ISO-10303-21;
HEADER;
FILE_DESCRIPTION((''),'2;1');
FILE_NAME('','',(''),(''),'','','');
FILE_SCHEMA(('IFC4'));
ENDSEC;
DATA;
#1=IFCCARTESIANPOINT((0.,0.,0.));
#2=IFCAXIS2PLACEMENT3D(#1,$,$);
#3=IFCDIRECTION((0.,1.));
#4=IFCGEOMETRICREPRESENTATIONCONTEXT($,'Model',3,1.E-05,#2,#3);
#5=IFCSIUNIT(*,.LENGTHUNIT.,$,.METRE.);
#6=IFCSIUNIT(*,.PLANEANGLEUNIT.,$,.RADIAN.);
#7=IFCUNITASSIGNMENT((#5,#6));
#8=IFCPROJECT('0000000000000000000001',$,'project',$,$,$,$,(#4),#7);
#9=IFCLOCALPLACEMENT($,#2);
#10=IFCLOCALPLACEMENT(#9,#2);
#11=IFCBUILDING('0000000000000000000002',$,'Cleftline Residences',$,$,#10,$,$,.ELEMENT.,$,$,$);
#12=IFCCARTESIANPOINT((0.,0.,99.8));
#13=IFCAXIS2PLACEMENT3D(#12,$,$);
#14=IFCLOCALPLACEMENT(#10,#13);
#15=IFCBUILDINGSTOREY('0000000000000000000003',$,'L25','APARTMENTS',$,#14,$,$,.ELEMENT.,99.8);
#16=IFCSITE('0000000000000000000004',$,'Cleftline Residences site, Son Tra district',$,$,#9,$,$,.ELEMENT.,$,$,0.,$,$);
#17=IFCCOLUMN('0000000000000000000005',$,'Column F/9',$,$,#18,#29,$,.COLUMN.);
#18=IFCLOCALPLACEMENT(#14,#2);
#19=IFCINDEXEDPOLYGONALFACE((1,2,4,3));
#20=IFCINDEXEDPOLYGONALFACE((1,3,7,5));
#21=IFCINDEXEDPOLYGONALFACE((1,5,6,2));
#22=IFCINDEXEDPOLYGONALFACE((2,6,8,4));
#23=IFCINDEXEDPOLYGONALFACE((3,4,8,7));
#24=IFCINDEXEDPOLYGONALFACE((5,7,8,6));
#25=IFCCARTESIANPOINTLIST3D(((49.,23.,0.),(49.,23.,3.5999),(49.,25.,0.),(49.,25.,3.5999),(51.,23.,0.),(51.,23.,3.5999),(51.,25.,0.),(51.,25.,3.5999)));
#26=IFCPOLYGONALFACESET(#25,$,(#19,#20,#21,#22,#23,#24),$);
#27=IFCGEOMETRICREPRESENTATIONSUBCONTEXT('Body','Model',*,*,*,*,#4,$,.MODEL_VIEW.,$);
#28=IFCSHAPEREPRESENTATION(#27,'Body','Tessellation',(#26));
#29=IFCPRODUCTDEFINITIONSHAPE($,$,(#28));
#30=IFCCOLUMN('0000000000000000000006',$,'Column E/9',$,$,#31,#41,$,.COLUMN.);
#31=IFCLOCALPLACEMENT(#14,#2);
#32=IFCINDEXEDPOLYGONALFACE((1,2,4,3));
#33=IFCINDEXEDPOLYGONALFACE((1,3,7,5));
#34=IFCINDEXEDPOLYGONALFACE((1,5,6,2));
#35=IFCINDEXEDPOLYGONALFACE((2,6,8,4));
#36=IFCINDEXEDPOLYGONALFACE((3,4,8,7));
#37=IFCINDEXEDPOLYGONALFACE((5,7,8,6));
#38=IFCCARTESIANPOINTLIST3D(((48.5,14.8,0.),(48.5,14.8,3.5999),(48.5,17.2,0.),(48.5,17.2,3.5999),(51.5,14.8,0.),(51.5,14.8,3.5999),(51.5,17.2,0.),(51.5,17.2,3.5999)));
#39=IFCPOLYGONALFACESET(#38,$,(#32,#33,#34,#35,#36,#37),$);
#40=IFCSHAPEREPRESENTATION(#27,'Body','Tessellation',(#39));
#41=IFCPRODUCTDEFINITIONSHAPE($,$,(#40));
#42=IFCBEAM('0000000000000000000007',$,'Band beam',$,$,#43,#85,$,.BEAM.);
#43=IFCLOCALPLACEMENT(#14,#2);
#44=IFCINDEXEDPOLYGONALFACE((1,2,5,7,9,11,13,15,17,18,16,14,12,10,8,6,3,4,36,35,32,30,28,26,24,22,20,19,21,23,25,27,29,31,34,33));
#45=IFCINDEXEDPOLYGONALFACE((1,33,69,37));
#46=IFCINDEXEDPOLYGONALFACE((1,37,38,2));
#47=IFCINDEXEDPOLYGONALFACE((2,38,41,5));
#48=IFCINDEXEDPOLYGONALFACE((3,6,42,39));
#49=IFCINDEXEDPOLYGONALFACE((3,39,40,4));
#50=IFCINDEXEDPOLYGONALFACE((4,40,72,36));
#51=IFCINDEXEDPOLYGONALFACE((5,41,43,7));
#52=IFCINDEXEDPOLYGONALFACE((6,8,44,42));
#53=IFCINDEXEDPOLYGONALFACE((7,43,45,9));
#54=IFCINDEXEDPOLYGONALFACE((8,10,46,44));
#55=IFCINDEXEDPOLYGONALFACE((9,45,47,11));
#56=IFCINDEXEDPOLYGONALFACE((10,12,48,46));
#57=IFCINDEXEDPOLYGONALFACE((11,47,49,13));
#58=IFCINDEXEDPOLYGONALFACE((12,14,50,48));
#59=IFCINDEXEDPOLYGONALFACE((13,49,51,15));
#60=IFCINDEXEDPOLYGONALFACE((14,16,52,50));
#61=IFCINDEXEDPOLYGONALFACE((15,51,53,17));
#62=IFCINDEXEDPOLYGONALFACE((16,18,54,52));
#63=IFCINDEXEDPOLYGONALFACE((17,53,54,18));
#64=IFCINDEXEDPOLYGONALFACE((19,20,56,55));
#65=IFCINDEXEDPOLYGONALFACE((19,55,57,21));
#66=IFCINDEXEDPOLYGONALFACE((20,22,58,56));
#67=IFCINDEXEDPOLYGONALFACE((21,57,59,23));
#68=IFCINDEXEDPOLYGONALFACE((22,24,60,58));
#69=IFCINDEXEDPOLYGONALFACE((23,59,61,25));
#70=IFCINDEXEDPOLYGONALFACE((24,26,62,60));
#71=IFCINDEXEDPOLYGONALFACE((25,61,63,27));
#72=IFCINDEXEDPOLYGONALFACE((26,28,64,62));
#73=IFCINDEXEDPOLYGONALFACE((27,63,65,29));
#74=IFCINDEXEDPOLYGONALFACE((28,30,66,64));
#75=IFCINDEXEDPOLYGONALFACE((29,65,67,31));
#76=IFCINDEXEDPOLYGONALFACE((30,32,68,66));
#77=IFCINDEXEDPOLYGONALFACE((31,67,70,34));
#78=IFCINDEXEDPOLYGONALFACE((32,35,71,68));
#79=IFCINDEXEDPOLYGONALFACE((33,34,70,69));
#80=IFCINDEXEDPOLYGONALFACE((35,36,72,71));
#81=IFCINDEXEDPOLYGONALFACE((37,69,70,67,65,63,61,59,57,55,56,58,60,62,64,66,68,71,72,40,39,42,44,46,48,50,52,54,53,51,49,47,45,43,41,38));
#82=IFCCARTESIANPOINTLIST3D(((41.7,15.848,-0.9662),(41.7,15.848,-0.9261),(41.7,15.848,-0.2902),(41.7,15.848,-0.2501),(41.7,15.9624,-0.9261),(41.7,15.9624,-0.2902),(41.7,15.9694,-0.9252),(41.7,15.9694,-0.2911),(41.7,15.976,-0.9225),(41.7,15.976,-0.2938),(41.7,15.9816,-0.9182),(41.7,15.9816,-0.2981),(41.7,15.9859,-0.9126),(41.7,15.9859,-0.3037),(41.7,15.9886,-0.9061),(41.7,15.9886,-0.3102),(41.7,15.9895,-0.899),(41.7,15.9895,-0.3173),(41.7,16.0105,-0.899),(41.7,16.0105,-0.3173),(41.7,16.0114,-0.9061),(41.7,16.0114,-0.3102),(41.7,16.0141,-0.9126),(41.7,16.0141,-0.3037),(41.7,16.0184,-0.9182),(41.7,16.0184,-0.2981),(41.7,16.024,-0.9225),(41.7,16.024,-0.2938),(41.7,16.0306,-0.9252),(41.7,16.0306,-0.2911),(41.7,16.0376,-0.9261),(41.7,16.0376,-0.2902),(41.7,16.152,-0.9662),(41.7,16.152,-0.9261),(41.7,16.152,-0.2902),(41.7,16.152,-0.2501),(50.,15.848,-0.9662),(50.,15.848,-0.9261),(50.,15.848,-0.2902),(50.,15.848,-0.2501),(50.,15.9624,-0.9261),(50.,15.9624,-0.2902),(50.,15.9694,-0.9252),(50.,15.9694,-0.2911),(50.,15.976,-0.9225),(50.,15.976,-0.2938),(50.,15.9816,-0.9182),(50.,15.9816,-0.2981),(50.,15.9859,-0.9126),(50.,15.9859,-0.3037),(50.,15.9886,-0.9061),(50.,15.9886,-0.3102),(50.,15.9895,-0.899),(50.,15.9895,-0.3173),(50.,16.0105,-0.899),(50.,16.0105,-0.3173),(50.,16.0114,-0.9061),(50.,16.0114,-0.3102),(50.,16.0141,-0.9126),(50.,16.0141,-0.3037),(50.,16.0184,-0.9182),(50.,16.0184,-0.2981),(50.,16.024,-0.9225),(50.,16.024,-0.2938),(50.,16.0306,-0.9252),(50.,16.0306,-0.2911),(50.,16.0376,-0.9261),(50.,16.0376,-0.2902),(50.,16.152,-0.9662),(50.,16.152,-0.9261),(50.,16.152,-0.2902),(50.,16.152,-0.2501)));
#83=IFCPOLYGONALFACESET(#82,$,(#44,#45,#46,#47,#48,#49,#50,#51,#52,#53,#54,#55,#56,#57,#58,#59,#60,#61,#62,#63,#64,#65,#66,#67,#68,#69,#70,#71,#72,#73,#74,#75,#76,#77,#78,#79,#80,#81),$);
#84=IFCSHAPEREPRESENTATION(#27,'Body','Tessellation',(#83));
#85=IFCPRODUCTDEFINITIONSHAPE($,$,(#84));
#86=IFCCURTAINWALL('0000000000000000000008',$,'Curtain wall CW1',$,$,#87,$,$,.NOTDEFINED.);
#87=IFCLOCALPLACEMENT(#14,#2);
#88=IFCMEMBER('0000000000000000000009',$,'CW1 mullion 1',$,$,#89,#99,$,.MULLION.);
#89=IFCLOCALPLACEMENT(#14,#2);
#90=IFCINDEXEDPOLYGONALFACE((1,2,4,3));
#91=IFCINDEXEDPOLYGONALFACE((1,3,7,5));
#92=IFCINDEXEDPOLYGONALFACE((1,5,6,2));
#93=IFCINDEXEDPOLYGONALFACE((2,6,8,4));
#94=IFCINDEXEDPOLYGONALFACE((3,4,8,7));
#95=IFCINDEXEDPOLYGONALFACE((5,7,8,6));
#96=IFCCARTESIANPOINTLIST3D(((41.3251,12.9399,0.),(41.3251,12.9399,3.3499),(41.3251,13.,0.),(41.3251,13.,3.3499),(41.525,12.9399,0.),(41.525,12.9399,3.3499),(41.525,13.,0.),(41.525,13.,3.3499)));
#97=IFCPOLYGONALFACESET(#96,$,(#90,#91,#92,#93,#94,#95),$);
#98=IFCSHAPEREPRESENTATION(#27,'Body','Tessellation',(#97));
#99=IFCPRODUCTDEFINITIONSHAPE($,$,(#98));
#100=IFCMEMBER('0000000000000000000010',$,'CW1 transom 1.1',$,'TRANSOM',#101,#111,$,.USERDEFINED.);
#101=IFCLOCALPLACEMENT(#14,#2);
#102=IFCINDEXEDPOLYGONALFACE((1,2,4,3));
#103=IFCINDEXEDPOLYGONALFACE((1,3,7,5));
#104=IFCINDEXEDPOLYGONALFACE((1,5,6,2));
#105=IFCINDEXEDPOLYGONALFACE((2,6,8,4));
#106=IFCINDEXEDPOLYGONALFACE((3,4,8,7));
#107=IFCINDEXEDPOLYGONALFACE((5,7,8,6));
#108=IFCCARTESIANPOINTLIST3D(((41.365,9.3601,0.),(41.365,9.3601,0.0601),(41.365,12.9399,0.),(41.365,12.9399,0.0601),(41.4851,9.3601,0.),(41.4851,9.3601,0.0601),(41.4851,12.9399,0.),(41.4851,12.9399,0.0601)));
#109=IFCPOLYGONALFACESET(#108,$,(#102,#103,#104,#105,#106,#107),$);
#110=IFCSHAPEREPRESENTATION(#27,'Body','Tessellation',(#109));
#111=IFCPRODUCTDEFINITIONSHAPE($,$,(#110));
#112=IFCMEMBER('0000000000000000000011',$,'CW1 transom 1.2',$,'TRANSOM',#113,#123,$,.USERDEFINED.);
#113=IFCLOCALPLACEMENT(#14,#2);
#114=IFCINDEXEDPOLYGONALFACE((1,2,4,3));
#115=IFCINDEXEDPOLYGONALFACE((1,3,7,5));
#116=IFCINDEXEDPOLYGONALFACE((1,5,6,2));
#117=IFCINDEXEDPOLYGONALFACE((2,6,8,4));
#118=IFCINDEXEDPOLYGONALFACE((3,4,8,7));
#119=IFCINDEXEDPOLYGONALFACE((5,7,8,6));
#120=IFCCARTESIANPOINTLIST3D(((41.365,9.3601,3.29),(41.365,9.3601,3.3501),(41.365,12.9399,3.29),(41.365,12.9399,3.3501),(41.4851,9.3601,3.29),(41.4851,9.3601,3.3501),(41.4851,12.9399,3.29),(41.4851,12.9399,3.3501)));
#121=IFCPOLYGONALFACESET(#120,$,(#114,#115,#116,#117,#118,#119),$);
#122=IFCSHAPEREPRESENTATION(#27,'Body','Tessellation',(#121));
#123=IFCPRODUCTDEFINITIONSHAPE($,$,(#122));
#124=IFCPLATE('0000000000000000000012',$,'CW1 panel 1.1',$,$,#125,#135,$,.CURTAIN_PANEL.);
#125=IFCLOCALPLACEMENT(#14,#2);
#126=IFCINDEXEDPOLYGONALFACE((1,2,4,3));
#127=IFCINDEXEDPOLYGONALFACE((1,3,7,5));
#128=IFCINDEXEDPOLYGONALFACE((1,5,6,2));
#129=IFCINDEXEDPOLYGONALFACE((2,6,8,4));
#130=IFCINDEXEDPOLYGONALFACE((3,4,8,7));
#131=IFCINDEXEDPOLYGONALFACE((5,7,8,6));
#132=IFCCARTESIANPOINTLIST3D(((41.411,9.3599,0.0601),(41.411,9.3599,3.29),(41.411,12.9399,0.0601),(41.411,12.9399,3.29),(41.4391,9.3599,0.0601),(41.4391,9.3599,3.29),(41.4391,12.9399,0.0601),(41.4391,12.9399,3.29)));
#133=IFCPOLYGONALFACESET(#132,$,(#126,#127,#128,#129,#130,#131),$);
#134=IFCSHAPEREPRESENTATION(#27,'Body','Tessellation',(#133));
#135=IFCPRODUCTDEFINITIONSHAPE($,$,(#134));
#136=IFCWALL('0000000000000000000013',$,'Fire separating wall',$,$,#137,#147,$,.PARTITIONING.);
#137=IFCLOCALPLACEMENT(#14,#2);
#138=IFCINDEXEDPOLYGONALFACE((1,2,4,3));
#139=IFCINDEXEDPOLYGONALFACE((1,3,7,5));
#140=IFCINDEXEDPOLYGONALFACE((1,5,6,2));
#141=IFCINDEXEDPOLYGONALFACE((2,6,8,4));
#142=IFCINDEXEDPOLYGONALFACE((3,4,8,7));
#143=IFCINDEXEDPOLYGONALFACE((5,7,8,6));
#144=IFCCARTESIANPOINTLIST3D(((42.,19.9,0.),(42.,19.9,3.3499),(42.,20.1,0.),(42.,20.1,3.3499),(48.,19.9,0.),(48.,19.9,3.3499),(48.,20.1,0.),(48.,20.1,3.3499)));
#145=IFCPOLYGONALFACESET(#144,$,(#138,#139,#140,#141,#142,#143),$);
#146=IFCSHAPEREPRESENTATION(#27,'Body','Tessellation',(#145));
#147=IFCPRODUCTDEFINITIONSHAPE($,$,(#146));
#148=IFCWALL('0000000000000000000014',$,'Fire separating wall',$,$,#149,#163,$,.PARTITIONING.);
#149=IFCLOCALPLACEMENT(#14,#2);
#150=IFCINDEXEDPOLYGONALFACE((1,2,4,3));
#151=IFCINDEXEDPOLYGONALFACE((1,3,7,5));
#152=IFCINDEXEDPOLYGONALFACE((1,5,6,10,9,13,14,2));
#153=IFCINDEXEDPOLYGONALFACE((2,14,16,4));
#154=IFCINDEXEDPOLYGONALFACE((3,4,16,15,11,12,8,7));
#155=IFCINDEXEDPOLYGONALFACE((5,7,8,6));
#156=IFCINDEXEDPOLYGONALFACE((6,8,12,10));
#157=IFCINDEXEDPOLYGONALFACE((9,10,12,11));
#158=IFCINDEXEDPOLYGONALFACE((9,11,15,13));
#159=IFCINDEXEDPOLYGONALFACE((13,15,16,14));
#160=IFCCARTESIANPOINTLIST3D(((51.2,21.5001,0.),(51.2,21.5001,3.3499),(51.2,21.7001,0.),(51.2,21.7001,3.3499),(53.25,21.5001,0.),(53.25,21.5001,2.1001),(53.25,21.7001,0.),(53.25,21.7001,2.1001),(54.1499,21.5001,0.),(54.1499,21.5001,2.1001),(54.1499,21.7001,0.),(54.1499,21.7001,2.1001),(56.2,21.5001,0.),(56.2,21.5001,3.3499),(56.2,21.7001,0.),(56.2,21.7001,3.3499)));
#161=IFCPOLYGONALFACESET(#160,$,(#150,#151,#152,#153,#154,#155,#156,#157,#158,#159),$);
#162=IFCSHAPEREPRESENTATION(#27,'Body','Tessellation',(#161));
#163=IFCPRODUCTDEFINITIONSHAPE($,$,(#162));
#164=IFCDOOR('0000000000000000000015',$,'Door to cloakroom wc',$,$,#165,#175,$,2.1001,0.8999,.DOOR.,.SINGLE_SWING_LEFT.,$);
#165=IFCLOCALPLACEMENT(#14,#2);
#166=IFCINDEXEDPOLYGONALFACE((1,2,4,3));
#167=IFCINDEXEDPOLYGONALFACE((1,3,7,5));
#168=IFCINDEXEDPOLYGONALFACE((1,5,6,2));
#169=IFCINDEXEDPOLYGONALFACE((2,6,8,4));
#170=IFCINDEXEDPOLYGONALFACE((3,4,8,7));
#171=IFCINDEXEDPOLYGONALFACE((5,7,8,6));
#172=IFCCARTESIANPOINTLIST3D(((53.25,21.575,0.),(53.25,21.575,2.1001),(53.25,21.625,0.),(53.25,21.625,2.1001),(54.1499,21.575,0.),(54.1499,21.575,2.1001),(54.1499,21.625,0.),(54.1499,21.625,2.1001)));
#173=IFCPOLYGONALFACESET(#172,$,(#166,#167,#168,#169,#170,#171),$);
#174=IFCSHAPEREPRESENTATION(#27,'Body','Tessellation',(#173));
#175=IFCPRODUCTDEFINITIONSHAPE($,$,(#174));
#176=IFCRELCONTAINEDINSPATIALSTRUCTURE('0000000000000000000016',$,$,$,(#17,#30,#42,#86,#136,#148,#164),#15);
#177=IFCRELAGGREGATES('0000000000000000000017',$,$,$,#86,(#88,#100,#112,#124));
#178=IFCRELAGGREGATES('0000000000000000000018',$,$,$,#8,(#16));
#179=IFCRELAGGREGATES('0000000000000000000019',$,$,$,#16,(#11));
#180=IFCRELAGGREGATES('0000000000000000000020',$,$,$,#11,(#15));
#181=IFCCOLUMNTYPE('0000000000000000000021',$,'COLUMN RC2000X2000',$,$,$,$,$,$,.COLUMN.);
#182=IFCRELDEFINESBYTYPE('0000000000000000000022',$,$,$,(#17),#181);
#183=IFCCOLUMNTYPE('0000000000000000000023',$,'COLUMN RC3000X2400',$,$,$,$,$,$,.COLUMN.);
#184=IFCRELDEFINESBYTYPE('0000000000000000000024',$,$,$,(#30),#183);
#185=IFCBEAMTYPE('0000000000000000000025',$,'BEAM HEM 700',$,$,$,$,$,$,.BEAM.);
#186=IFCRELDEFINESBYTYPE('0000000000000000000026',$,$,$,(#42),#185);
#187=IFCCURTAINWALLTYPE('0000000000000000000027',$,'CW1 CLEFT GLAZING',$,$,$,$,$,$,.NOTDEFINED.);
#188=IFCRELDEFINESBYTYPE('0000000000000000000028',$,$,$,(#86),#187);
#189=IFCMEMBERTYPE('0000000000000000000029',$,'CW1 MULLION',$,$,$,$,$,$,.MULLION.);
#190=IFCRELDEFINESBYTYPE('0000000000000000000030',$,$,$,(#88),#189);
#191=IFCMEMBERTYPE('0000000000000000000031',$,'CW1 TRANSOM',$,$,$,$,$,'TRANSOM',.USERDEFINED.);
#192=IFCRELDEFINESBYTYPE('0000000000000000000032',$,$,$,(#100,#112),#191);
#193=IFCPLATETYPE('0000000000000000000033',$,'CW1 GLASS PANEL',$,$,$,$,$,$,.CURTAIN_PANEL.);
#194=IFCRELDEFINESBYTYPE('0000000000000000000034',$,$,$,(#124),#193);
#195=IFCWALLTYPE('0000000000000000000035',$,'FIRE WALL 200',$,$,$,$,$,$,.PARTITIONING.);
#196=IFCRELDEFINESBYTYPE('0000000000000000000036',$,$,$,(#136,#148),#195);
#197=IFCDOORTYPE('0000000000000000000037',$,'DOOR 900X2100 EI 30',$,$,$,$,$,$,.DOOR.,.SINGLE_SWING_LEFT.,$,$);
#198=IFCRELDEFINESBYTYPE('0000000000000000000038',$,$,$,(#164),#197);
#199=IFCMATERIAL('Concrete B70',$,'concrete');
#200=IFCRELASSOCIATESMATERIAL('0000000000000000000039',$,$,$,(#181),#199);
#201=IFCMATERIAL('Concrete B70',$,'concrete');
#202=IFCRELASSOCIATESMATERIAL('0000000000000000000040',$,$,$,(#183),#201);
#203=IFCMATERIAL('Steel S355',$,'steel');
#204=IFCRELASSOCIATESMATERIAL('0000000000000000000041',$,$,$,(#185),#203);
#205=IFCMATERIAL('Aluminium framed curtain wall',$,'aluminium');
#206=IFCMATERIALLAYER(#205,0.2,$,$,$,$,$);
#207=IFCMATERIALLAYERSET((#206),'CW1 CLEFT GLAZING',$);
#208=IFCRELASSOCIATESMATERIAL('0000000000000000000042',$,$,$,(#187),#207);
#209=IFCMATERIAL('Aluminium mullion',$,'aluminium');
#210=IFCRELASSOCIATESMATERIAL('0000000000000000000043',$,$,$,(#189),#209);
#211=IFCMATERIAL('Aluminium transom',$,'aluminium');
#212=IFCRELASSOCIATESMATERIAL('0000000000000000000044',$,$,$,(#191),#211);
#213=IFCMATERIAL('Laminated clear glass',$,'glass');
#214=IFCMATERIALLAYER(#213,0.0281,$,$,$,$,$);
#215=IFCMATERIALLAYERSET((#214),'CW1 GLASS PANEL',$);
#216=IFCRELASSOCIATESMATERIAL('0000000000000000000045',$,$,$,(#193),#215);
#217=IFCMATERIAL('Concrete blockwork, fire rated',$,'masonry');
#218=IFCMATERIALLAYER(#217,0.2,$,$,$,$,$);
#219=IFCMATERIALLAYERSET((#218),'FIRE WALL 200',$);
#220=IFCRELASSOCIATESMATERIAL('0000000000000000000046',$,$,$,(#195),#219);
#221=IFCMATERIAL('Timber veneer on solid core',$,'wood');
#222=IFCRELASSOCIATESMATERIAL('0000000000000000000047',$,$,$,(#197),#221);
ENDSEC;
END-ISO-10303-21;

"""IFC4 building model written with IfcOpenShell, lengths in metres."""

from ifc_helpers import new_model, si_unit, direction, frame, frame_2d, origin, origin_2d, place, context, subcontext, project, spatial, rectangle, i_section, extrude, material, layer, layer_set, material_profile, profile_set, type_object, element, fill, aggregate, save


model = new_model("IFC4")

# Units and contexts
model_context = context("Model", 3, precision=1e-05, world=origin(), true_north=direction((0.0, 1.0)))
body_context = subcontext(model_context, "Body", "Model", "MODEL_VIEW")
ifc_project = project(units=[si_unit("LENGTHUNIT", "METRE"), si_unit("PLANEANGLEUNIT", "RADIAN")], contexts=[model_context])

# Site, building, storey
site_placement = place(None, origin())
site = spatial("IfcSite", under=ifc_project, at=site_placement, Name="Cleftline Residences site, Son Tra district", CompositionType="ELEMENT", RefElevation=0.0)
building_placement = place(site_placement, origin())
building = spatial("IfcBuilding", under=site, at=building_placement, Name="Cleftline Residences", CompositionType="ELEMENT")
storey_placement = place(building_placement, frame((0.0, 0.0, 99.8)))
storey = spatial("IfcBuildingStorey", under=building, at=storey_placement, Name="L25", Description="APARTMENTS", CompositionType="ELEMENT", Elevation=99.8)

# Columns
ifc_material_1 = material(Name="Concrete B70", Category="concrete")
ifc_material_profile_1 = material_profile(ifc_material_1, rectangle(XDim=2.0, YDim=2.0, at=origin_2d()))
ifc_profile_set_1 = profile_set([ifc_material_profile_1], Name="Concrete B70")
column_type_1 = type_object("IfcColumnType", Name="COLUMN RC2000X2000", PredefinedType="COLUMN", material=ifc_profile_set_1)
column_1_placement = place(storey_placement, frame((50.0, 24.0, 0.0), z_axis=(0.0, 0.0, 1.0), x_axis=(1.0, 0.0, 0.0)))
element("IfcColumn", 1, at=column_1_placement, inside=storey, type_object=column_type_1, Name="Column F/9", PredefinedType="COLUMN", context=body_context, shape_type="SweptSolid", body=[
    extrude(rectangle(XDim=2.0, YDim=2.0, at=origin_2d()), origin(), (0.0, 0.0, 1.0), 3.5999),
])
ifc_material_2 = material(Name="Concrete B70", Category="concrete")
ifc_material_profile_2 = material_profile(ifc_material_2, rectangle(XDim=3.0, YDim=2.3999, at=origin_2d()))
ifc_profile_set_2 = profile_set([ifc_material_profile_2], Name="Concrete B70")
column_type_2 = type_object("IfcColumnType", Name="COLUMN RC3000X2400", PredefinedType="COLUMN", material=ifc_profile_set_2)
column_2_placement = place(storey_placement, frame((50.0, 16.0, 0.0), z_axis=(0.0, 0.0, 1.0), x_axis=(1.0, 0.0, 0.0)))
element("IfcColumn", 2, at=column_2_placement, inside=storey, type_object=column_type_2, Name="Column E/9", PredefinedType="COLUMN", context=body_context, shape_type="SweptSolid", body=[
    extrude(rectangle(XDim=3.0, YDim=2.3999, at=origin_2d()), origin(), (0.0, 0.0, 1.0), 3.5999),
])

# Beam
ifc_material_3 = material(Name="Steel S355", Category="steel")
ifc_material_profile_3 = material_profile(ifc_material_3, i_section(OverallWidth=0.304, OverallDepth=0.7161, WebThickness=0.021, FlangeThickness=0.04, FilletRadius=0.0271, at=origin_2d()))
ifc_profile_set_3 = profile_set([ifc_material_profile_3], Name="Steel S355")
beam_type = type_object("IfcBeamType", Name="BEAM HEM 700", PredefinedType="BEAM", material=ifc_profile_set_3)
beam_placement = place(storey_placement, frame((50.0, 16.0, -0.6082), z_axis=(-1.0, 0.0, 0.0), x_axis=(0.0, -1.0, 0.0)))
element("IfcBeam", 3, at=beam_placement, inside=storey, type_object=beam_type, Name="Band beam", PredefinedType="BEAM", context=body_context, shape_type="SweptSolid", body=[
    extrude(i_section(OverallWidth=0.304, OverallDepth=0.7161, WebThickness=0.021, FlangeThickness=0.04, FilletRadius=0.0271, at=origin_2d()), origin(), (0.0, 0.0, 1.0), 8.3),
])

# Curtain wall, members, plate
ifc_material_4 = material(Name="Aluminium framed curtain wall", Category="aluminium")
ifc_layer_1 = layer(ifc_material_4, 0.2)
ifc_layer_set_1 = layer_set([ifc_layer_1], Name="CW1 CLEFT GLAZING")
curtain_wall_type = type_object("IfcCurtainWallType", Name="CW1 CLEFT GLAZING", PredefinedType="NOTDEFINED", material=ifc_layer_set_1)
curtain_wall_placement = place(storey_placement, origin())
curtain_wall = element("IfcCurtainWall", 4, at=curtain_wall_placement, inside=storey, type_object=curtain_wall_type, Name="Curtain wall CW1", PredefinedType="NOTDEFINED")
ifc_material_5 = material(Name="Aluminium mullion", Category="aluminium")
ifc_material_profile_4 = material_profile(ifc_material_5, rectangle(XDim=0.2, YDim=0.0601, at=origin_2d()))
ifc_profile_set_4 = profile_set([ifc_material_profile_4], Name="Aluminium mullion")
member_type_1 = type_object("IfcMemberType", Name="CW1 MULLION", PredefinedType="MULLION", material=ifc_profile_set_4)
member_1_placement = place(storey_placement, frame((41.425, 12.97, 0.0), z_axis=(0.0, 0.0, 1.0), x_axis=(1.0, 0.0, 0.0)))
member_1 = element("IfcMember", 5, at=member_1_placement, type_object=member_type_1, Name="CW1 mullion 1", PredefinedType="MULLION", context=body_context, shape_type="SweptSolid", body=[
    extrude(rectangle(XDim=0.2, YDim=0.0601, at=origin_2d()), origin(), (0.0, 0.0, 1.0), 3.3499),
])
ifc_material_6 = material(Name="Aluminium transom", Category="aluminium")
ifc_material_profile_5 = material_profile(ifc_material_6, rectangle(XDim=0.1201, YDim=0.0601, at=origin_2d()))
ifc_profile_set_5 = profile_set([ifc_material_profile_5], Name="Aluminium transom")
member_type_2 = type_object("IfcMemberType", Name="CW1 TRANSOM", ElementType="TRANSOM", PredefinedType="USERDEFINED", material=ifc_profile_set_5)
member_2_placement = place(storey_placement, frame((41.425, 12.9399, 0.03), z_axis=(0.0, -1.0, 0.0), x_axis=(1.0, 0.0, 0.0)))
member_2 = element("IfcMember", 6, at=member_2_placement, type_object=member_type_2, Name="CW1 transom 1.1", ObjectType="TRANSOM", PredefinedType="USERDEFINED", context=body_context, shape_type="SweptSolid", body=[
    extrude(rectangle(XDim=0.1201, YDim=0.0601, at=origin_2d()), origin(), (0.0, 0.0, 1.0), 3.5798),
])
member_3_placement = place(storey_placement, frame((41.425, 12.9399, 3.3201), z_axis=(0.0, -1.0, 0.0), x_axis=(1.0, 0.0, 0.0)))
member_3 = element("IfcMember", 7, at=member_3_placement, type_object=member_type_2, Name="CW1 transom 1.2", ObjectType="TRANSOM", PredefinedType="USERDEFINED", context=body_context, shape_type="SweptSolid", body=[
    extrude(rectangle(XDim=0.1201, YDim=0.0601, at=origin_2d()), origin(), (0.0, 0.0, 1.0), 3.5798),
])
ifc_material_7 = material(Name="Laminated clear glass", Category="glass")
ifc_layer_2 = layer(ifc_material_7, 0.0281)
ifc_layer_set_2 = layer_set([ifc_layer_2], Name="CW1 GLASS PANEL")
plate_type = type_object("IfcPlateType", Name="CW1 GLASS PANEL", PredefinedType="CURTAIN_PANEL", material=ifc_layer_set_2)
plate_placement = place(storey_placement, frame((41.425, 11.1499, 0.0601), z_axis=(0.0, 0.0, 1.0), x_axis=(0.0, -1.0, 0.0)))
plate = element("IfcPlate", 8, at=plate_placement, type_object=plate_type, Name="CW1 panel 1.1", PredefinedType="CURTAIN_PANEL", context=body_context, shape_type="SweptSolid", body=[
    extrude(rectangle(XDim=3.5801, YDim=0.0281, at=origin_2d()), origin(), (0.0, 0.0, 1.0), 3.23),
])
aggregate(curtain_wall, [member_1, member_2, member_3, plate])

# Wall
ifc_material_8 = material(Name="Concrete blockwork, fire rated", Category="masonry")
ifc_layer_3 = layer(ifc_material_8, 0.2)
ifc_layer_set_3 = layer_set([ifc_layer_3], Name="FIRE WALL 200")
wall_type_1 = type_object("IfcWallType", Name="FIRE WALL 200", PredefinedType="PARTITIONING", material=ifc_layer_set_3)
wall_1_placement = place(storey_placement, frame((42.0, 20.0, 0.0), z_axis=(0.0, 0.0, 1.0), x_axis=(1.0, 0.0, 0.0)))
element("IfcWall", 9, at=wall_1_placement, inside=storey, type_object=wall_type_1, Name="Fire separating wall", PredefinedType="PARTITIONING", context=body_context, shape_type="SweptSolid", body=[
    extrude(rectangle(XDim=6.0, YDim=0.2, at=frame_2d((3.0, 0.0))), origin(), (0.0, 0.0, 1.0), 3.3499),
])

# Wall, opening, door
wall_2_placement = place(storey_placement, frame((51.2, 21.6001, 0.0), z_axis=(0.0, 0.0, 1.0), x_axis=(1.0, 0.0, 0.0)))
wall_2 = element("IfcWall", 10, at=wall_2_placement, inside=storey, type_object=wall_type_1, Name="Fire separating wall", PredefinedType="PARTITIONING", context=body_context, shape_type="SweptSolid", body=[
    extrude(rectangle(XDim=5.0, YDim=0.2, at=frame_2d((2.5, 0.0))), origin(), (0.0, 0.0, 1.0), 3.3499),
])
opening_1_placement = place(wall_2_placement, frame((2.05, 0.0, 0.0)))
opening_1 = element("IfcOpeningElement", 11, at=opening_1_placement, cuts=wall_2, PredefinedType="OPENING", context=body_context, shape_type="SweptSolid", body=[
    extrude(rectangle(XDim=0.8999, YDim=2.1001, at=frame_2d((0.45, 1.05))), frame((0.0, 0.1099, 0.0), z_axis=(0.0, -1.0, 0.0), x_axis=(1.0, 0.0, 0.0)), (0.0, 0.0, 1.0), 0.22),
])
ifc_material_9 = material(Name="Timber veneer on solid core", Category="wood")
door_type_1 = type_object("IfcDoorType", Name="DOOR 900X2100 EI 30", OperationType="SINGLE_SWING_LEFT", PredefinedType="DOOR", material=ifc_material_9)
door_1_placement = place(opening_1_placement, origin())
door_1 = element("IfcDoor", 12, at=door_1_placement, inside=storey, type_object=door_type_1, Name="Door to cloakroom wc", OperationType="SINGLE_SWING_LEFT", OverallHeight=2.1001, OverallWidth=0.8999, PredefinedType="DOOR", context=body_context, shape_type="SweptSolid", body=[
    extrude(rectangle(XDim=0.8999, YDim=2.1001, at=frame_2d((0.45, 1.05))), frame((0.0, 0.0249, 0.0), z_axis=(0.0, -1.0, 0.0), x_axis=(1.0, 0.0, 0.0)), (0.0, 0.0, 1.0), 0.05),
])
fill(opening_1, door_1)

save(model, "model.ifc")
